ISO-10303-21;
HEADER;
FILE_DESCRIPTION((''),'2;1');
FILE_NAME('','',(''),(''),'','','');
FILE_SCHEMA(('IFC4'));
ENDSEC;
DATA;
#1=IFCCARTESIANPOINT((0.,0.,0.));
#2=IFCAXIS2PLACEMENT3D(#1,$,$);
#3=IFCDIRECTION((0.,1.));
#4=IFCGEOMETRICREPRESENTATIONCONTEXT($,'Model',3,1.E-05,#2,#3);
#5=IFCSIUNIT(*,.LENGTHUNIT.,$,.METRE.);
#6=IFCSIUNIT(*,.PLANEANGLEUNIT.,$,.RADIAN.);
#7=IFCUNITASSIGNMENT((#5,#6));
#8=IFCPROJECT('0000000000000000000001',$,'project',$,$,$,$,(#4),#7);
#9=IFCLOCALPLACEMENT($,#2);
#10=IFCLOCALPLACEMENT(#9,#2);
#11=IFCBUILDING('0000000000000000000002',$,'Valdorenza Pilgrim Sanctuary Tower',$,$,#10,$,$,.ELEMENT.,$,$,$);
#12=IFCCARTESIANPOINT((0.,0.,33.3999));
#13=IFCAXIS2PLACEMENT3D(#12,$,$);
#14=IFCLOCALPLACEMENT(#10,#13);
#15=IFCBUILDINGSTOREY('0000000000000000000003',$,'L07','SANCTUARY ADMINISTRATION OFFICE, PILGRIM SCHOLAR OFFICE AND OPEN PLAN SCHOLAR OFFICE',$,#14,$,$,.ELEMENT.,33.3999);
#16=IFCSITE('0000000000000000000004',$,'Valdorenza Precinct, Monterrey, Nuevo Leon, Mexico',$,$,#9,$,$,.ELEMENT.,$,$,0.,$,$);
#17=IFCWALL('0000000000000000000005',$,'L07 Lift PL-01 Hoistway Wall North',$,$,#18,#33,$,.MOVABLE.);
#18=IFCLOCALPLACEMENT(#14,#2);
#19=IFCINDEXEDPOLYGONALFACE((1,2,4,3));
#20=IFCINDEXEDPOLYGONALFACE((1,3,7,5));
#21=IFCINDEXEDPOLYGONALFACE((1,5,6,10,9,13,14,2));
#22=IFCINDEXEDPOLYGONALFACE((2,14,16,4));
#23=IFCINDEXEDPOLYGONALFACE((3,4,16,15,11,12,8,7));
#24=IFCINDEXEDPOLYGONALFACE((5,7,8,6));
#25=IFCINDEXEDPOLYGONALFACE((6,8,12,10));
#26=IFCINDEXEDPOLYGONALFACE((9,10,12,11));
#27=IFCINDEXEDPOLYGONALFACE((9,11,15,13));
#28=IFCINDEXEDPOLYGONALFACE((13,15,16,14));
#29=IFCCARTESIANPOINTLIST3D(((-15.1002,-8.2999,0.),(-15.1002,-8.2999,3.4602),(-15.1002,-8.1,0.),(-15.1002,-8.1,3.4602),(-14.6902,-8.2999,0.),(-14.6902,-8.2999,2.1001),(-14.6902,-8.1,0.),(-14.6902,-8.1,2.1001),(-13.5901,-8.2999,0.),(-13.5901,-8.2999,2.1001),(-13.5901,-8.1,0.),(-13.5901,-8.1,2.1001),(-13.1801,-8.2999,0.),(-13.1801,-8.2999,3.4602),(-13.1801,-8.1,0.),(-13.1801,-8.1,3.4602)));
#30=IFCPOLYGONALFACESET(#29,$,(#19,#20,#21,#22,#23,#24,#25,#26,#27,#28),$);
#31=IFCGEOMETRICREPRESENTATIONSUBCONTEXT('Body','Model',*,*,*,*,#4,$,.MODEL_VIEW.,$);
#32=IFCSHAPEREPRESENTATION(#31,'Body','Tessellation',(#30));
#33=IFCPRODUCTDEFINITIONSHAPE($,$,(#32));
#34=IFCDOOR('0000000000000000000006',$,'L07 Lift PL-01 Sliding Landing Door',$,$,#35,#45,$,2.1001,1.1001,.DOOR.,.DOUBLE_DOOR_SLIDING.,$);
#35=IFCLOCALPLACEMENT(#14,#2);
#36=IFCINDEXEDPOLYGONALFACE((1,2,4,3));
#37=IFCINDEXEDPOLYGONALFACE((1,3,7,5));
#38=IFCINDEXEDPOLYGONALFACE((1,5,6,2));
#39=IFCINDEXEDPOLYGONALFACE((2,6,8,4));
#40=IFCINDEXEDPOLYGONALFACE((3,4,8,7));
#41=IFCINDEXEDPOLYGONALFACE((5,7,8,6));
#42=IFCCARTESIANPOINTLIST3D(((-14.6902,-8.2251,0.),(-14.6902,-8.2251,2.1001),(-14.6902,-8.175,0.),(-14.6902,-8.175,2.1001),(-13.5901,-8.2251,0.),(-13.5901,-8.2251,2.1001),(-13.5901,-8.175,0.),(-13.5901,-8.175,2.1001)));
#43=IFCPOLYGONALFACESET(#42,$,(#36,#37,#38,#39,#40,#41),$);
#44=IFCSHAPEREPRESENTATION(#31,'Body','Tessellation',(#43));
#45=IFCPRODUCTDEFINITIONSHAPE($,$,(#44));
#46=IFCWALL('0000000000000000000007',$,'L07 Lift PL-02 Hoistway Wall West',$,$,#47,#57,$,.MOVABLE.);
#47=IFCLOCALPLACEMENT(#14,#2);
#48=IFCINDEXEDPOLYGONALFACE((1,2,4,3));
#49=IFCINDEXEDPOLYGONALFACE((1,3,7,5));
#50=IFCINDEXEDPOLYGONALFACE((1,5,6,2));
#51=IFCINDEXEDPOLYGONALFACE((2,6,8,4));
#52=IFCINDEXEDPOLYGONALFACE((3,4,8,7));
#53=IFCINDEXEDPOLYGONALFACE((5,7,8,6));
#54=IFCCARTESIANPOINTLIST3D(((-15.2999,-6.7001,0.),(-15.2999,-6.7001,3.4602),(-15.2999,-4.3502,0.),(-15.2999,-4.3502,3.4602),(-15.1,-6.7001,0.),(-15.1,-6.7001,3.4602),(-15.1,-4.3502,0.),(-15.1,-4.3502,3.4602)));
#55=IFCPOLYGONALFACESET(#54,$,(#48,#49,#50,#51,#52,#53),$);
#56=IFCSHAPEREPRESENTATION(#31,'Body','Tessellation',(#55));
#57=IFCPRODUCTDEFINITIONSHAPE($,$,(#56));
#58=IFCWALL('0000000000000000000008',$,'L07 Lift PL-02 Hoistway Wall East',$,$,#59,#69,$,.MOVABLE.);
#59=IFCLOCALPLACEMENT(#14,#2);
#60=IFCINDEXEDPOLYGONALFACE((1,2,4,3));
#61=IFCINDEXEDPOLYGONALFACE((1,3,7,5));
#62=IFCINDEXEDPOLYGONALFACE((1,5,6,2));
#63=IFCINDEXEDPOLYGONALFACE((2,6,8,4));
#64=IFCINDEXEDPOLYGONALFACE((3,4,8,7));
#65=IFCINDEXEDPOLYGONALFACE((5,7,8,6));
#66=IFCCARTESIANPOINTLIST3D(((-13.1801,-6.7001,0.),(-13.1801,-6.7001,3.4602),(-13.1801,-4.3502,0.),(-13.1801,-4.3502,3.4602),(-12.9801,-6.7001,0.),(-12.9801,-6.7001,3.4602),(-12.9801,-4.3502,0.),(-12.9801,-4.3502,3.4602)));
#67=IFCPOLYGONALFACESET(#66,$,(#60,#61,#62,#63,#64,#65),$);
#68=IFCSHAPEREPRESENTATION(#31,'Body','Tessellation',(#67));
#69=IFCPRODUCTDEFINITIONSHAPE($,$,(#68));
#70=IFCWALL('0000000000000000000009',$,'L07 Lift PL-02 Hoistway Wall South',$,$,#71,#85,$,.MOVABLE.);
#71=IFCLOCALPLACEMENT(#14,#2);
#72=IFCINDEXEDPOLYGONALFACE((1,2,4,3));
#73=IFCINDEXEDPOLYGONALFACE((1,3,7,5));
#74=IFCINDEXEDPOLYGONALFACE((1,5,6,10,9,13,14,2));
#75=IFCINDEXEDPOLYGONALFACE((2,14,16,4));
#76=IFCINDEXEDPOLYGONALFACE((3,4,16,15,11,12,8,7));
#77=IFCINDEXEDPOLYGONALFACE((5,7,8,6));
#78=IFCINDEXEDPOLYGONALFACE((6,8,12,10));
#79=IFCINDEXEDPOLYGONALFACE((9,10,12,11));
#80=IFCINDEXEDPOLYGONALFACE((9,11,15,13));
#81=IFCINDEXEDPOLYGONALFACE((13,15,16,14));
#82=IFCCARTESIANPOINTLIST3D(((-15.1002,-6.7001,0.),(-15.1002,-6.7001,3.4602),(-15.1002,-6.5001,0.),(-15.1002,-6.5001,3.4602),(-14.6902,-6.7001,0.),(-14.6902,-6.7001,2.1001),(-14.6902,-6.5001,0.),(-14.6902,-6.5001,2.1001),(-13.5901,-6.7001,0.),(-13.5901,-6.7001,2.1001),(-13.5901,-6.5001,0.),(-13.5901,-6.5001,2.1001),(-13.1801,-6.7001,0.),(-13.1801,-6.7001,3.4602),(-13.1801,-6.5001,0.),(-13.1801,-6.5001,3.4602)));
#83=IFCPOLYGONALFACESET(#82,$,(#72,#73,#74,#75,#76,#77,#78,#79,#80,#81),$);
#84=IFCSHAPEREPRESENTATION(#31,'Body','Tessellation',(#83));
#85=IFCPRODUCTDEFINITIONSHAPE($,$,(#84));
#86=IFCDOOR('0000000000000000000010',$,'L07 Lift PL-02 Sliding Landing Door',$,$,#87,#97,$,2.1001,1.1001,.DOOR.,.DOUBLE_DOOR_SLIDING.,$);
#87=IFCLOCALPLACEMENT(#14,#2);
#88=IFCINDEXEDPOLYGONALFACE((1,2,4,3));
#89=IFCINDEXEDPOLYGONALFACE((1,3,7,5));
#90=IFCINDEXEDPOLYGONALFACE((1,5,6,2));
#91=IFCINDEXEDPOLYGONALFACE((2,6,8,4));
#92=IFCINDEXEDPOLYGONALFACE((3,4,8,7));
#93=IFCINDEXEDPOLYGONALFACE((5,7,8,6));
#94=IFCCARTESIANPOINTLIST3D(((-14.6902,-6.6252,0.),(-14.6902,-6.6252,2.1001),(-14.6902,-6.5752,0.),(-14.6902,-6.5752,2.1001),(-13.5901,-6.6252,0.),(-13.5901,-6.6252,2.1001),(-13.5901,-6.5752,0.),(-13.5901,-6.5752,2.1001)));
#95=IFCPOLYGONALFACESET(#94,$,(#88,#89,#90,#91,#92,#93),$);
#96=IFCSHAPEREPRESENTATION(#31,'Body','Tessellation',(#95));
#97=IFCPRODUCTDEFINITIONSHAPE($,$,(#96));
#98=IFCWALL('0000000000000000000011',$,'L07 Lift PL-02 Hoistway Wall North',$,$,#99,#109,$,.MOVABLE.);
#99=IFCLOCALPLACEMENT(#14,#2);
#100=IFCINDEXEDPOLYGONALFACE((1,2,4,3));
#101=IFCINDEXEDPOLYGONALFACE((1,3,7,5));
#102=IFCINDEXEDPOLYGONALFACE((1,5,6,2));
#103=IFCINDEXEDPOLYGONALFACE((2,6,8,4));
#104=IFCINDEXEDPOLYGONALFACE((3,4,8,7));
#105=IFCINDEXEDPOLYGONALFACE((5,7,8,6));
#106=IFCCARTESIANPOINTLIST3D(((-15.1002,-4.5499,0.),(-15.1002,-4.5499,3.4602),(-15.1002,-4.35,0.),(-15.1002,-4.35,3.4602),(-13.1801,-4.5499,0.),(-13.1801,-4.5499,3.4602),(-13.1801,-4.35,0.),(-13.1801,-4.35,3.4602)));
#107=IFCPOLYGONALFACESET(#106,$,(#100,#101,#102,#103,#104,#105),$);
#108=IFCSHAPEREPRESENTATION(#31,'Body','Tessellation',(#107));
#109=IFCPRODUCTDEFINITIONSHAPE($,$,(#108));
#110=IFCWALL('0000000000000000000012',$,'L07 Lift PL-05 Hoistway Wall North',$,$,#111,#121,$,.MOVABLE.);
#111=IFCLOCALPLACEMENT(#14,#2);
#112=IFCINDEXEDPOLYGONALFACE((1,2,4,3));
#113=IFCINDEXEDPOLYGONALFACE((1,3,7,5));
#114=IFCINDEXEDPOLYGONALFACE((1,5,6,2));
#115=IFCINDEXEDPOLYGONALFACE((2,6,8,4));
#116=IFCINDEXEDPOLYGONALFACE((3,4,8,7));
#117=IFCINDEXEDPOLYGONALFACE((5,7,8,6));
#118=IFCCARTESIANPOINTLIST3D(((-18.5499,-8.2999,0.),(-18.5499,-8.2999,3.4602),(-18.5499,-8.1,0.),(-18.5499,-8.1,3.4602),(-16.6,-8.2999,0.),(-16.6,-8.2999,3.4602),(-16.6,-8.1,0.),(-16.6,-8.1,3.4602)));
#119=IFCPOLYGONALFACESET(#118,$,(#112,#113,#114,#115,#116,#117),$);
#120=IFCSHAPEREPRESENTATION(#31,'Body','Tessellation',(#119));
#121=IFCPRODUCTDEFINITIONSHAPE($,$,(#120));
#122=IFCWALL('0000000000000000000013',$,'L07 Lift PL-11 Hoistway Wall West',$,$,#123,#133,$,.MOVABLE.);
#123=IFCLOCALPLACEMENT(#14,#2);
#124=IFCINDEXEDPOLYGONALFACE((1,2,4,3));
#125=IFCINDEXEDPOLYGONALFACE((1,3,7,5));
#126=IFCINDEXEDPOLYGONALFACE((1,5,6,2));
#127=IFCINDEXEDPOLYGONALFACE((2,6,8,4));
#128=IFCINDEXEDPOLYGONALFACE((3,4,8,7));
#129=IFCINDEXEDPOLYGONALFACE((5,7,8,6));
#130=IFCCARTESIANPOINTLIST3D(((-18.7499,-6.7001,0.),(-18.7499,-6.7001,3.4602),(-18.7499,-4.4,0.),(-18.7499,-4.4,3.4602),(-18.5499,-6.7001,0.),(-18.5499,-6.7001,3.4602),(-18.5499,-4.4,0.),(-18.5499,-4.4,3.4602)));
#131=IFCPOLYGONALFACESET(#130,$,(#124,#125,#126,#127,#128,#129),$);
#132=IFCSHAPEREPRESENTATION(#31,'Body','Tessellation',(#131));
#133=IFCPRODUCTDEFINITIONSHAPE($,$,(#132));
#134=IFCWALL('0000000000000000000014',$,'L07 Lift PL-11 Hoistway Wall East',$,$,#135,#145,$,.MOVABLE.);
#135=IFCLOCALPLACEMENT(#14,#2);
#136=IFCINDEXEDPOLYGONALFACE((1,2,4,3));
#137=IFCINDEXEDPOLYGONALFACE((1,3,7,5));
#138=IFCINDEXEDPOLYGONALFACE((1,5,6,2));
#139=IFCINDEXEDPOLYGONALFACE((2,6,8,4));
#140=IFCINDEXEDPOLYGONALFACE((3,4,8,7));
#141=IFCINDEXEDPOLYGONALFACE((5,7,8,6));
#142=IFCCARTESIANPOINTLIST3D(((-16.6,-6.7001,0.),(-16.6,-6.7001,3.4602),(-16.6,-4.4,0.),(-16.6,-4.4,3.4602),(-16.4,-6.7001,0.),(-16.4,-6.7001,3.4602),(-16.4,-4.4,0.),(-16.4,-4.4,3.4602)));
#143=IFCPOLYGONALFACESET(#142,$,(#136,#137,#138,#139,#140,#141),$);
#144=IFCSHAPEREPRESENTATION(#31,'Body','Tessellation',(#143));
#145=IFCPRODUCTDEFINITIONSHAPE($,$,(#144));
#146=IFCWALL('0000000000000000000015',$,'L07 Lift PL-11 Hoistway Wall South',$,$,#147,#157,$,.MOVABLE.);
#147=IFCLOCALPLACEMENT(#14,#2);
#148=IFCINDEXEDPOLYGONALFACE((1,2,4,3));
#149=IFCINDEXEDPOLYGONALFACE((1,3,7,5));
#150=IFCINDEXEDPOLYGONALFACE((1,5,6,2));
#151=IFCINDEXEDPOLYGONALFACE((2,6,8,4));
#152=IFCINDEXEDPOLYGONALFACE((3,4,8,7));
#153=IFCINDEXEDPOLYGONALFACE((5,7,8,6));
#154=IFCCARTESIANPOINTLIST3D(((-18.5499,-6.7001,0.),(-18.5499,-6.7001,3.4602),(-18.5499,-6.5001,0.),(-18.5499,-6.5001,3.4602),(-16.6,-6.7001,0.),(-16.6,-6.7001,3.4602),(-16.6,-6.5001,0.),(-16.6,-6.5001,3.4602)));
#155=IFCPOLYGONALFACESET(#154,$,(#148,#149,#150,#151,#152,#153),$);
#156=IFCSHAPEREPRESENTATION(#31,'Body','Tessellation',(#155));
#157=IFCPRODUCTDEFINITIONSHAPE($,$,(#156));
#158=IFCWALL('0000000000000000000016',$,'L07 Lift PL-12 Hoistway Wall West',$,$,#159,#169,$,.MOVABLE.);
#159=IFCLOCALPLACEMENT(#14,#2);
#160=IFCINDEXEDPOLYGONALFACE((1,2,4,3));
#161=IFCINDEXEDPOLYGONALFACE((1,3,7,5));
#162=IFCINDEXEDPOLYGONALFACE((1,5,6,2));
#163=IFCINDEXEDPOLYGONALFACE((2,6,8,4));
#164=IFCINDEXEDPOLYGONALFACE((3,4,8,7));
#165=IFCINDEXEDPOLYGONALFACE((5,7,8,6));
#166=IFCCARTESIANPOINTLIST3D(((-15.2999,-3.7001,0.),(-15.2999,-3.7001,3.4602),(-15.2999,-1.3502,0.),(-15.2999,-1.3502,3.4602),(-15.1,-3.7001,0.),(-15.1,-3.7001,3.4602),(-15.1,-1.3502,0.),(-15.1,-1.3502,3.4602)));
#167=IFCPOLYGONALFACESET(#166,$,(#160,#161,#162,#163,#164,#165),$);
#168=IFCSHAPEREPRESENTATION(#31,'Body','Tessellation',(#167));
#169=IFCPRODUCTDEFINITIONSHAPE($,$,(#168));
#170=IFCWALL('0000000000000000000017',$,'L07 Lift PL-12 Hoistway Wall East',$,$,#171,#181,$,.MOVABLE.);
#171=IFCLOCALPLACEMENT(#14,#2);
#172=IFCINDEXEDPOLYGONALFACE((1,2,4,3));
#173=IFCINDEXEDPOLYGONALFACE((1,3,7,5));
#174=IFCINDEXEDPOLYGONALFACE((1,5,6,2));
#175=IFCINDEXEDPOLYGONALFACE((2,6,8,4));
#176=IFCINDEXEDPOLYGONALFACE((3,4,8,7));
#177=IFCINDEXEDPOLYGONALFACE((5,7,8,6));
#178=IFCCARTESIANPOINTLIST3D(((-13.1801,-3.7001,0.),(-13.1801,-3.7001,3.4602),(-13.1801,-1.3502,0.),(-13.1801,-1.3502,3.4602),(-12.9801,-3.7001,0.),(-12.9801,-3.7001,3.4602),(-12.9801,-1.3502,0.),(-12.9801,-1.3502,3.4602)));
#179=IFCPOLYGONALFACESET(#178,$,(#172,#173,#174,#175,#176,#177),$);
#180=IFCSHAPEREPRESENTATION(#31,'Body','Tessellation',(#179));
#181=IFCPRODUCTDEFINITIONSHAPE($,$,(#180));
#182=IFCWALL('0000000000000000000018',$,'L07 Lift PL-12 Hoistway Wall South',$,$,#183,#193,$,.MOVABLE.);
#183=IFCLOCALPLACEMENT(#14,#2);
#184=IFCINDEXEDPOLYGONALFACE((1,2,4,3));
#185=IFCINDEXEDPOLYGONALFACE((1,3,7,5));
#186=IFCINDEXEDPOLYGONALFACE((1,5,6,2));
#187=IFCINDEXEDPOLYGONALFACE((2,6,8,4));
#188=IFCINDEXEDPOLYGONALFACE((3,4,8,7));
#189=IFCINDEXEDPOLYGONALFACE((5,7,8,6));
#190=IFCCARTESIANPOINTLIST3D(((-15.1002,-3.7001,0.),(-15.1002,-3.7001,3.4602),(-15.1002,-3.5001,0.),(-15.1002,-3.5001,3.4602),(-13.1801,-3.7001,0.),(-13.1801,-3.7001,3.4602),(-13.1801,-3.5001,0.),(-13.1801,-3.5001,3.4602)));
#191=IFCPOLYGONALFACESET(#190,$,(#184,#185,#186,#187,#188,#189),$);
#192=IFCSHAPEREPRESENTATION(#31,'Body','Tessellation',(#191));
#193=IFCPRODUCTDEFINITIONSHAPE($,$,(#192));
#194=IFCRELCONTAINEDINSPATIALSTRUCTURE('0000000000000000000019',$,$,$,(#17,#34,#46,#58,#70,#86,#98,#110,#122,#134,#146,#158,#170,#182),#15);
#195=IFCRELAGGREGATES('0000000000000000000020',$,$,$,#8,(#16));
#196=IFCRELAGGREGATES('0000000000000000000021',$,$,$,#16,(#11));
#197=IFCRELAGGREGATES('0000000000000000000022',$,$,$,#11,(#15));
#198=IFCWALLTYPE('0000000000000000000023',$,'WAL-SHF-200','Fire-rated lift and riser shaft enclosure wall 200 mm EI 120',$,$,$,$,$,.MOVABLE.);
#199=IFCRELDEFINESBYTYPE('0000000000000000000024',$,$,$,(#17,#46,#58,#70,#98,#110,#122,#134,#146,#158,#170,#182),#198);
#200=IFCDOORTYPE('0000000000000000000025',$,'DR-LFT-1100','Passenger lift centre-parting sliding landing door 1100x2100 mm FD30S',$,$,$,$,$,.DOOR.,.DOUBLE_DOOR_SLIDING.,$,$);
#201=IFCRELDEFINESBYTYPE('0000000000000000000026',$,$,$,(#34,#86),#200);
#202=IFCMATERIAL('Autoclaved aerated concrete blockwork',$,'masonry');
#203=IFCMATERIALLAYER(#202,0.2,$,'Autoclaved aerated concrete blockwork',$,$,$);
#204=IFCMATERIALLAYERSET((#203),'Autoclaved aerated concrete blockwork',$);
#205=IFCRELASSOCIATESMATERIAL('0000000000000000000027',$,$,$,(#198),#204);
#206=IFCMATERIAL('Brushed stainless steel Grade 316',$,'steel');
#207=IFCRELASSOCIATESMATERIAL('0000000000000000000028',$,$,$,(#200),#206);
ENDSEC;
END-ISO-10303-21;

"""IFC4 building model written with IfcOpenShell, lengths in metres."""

from ifc_helpers import new_model, si_unit, direction, frame, frame_2d, origin, place, context, subcontext, project, spatial, rectangle, extrude, material, layer, layer_set, type_object, element, fill, save


model = new_model("IFC4")

# Units and contexts
model_context = context("Model", 3, precision=1e-05, world=origin(), true_north=direction((0.0, 1.0)))
body_context = subcontext(model_context, "Body", "Model", "MODEL_VIEW")
ifc_project = project(units=[si_unit("LENGTHUNIT", "METRE"), si_unit("PLANEANGLEUNIT", "RADIAN")], contexts=[model_context])

# Site, building, storey
site_placement = place(None, origin())
site = spatial("IfcSite", under=ifc_project, at=site_placement, Name="Valdorenza Precinct, Monterrey, Nuevo Leon, Mexico", CompositionType="ELEMENT", RefElevation=0.0)
building_placement = place(site_placement, origin())
building = spatial("IfcBuilding", under=site, at=building_placement, Name="Valdorenza Pilgrim Sanctuary Tower", CompositionType="ELEMENT")
storey_placement = place(building_placement, frame((0.0, 0.0, 33.3999)))
storey = spatial("IfcBuildingStorey", under=building, at=storey_placement, Name="L07", Description="SANCTUARY ADMINISTRATION OFFICE, PILGRIM SCHOLAR OFFICE AND OPEN PLAN SCHOLAR OFFICE", CompositionType="ELEMENT", Elevation=33.3999)

# Shared definitions
ifc_material_1 = material(Name="Autoclaved aerated concrete blockwork", Category="masonry")
ifc_layer_1 = layer(ifc_material_1, 0.2, Name="Autoclaved aerated concrete blockwork")
ifc_layer_set_1 = layer_set([ifc_layer_1], Name="Autoclaved aerated concrete blockwork")
wall_type_1 = type_object("IfcWallType", Name="WAL-SHF-200", Description="Fire-rated lift and riser shaft enclosure wall 200 mm EI 120", PredefinedType="MOVABLE", material=ifc_layer_set_1)

# Wall, opening, door
wall_1_placement = place(storey_placement, frame((-15.1001, -8.2, 0.0), z_axis=(0.0, 0.0, 1.0), x_axis=(1.0, 0.0, 0.0)))
wall_1 = element("IfcWall", 1, at=wall_1_placement, inside=storey, type_object=wall_type_1, Name="L07 Lift PL-01 Hoistway Wall North", PredefinedType="MOVABLE", context=body_context, shape_type="SweptSolid", body=[
    extrude(rectangle(XDim=1.9202, YDim=0.2, at=frame_2d((0.96, 0.0))), origin(), (0.0, 0.0, 1.0), 3.4602),
])
opening_1_placement = place(wall_1_placement, frame((0.4099, 0.0, 0.0)))
opening_1 = element("IfcOpeningElement", 2, at=opening_1_placement, cuts=wall_1, PredefinedType="OPENING", context=body_context, shape_type="SweptSolid", body=[
    extrude(rectangle(XDim=1.1001, YDim=2.1001, at=frame_2d((0.55, 1.05))), frame((0.0, 0.1147, 0.0), z_axis=(0.0, -1.0, 0.0), x_axis=(1.0, 0.0, 0.0)), (0.0, 0.0, 1.0), 0.2297),
])
ifc_material_2 = material(Name="Brushed stainless steel Grade 316", Category="steel")
door_type = type_object("IfcDoorType", Name="DR-LFT-1100", Description="Passenger lift centre-parting sliding landing door 1100x2100 mm FD30S", OperationType="DOUBLE_DOOR_SLIDING", PredefinedType="DOOR", material=ifc_material_2)
door_1_placement = place(opening_1_placement, origin())
door_1 = element("IfcDoor", 3, at=door_1_placement, inside=storey, type_object=door_type, Name="L07 Lift PL-01 Sliding Landing Door", OperationType="DOUBLE_DOOR_SLIDING", OverallHeight=2.1001, OverallWidth=1.1001, PredefinedType="DOOR", context=body_context, shape_type="SweptSolid", body=[
    extrude(rectangle(XDim=1.1001, YDim=2.1001, at=frame_2d((0.55, 1.05))), frame((0.0, 0.0249, 0.0), z_axis=(0.0, -1.0, 0.0), x_axis=(1.0, 0.0, 0.0)), (0.0, 0.0, 1.0), 0.05),
])
fill(opening_1, door_1)

# Walls
for number, where, z_axis, x_axis, name in (
    (4, (-15.2, -6.7, 0.0), (0.0, 0.0, 1.0), (0.0, 1.0, 0.0), "L07 Lift PL-02 Hoistway Wall West"),
    (5, (-13.0801, -6.7, 0.0), (0.0, 0.0, 1.0), (0.0, 1.0, 0.0), "L07 Lift PL-02 Hoistway Wall East"),
):
    element("IfcWall", number, at=place(storey_placement, frame(where, z_axis=z_axis, x_axis=x_axis)), inside=storey, type_object=wall_type_1, Name=name, PredefinedType="MOVABLE", context=body_context, shape_type="SweptSolid", body=[
        extrude(rectangle(XDim=2.3499, YDim=0.2, at=frame_2d((1.1748, 0.0))), origin(), (0.0, 0.0, 1.0), 3.4602),
    ])

# Wall, opening, door
wall_2_placement = place(storey_placement, frame((-15.1001, -6.6001, 0.0), z_axis=(0.0, 0.0, 1.0), x_axis=(1.0, 0.0, 0.0)))
wall_2 = element("IfcWall", 6, at=wall_2_placement, inside=storey, type_object=wall_type_1, Name="L07 Lift PL-02 Hoistway Wall South", PredefinedType="MOVABLE", context=body_context, shape_type="SweptSolid", body=[
    extrude(rectangle(XDim=1.9202, YDim=0.2, at=frame_2d((0.96, 0.0))), origin(), (0.0, 0.0, 1.0), 3.4602),
])
opening_2_placement = place(wall_2_placement, frame((0.4099, 0.0, 0.0)))
opening_2 = element("IfcOpeningElement", 7, at=opening_2_placement, cuts=wall_2, PredefinedType="OPENING", context=body_context, shape_type="SweptSolid", body=[
    extrude(rectangle(XDim=1.1001, YDim=2.1001, at=frame_2d((0.55, 1.05))), frame((0.0, 0.1147, 0.0), z_axis=(0.0, -1.0, 0.0), x_axis=(1.0, 0.0, 0.0)), (0.0, 0.0, 1.0), 0.2297),
])
door_2_placement = place(opening_2_placement, origin())
door_2 = element("IfcDoor", 8, at=door_2_placement, inside=storey, type_object=door_type, Name="L07 Lift PL-02 Sliding Landing Door", OperationType="DOUBLE_DOOR_SLIDING", OverallHeight=2.1001, OverallWidth=1.1001, PredefinedType="DOOR", context=body_context, shape_type="SweptSolid", body=[
    extrude(rectangle(XDim=1.1001, YDim=2.1001, at=frame_2d((0.55, 1.05))), frame((0.0, 0.0249, 0.0), z_axis=(0.0, -1.0, 0.0), x_axis=(1.0, 0.0, 0.0)), (0.0, 0.0, 1.0), 0.05),
])
fill(opening_2, door_2)

# Walls
wall_3_placement = place(storey_placement, frame((-15.1001, -4.45, 0.0), z_axis=(0.0, 0.0, 1.0), x_axis=(1.0, 0.0, 0.0)))
element("IfcWall", 9, at=wall_3_placement, inside=storey, type_object=wall_type_1, Name="L07 Lift PL-02 Hoistway Wall North", PredefinedType="MOVABLE", context=body_context, shape_type="SweptSolid", body=[
    extrude(rectangle(XDim=1.9202, YDim=0.2, at=frame_2d((0.96, 0.0))), origin(), (0.0, 0.0, 1.0), 3.4602),
])
wall_4_placement = place(storey_placement, frame((-18.55, -8.2, 0.0), z_axis=(0.0, 0.0, 1.0), x_axis=(1.0, 0.0, 0.0)))
element("IfcWall", 10, at=wall_4_placement, inside=storey, type_object=wall_type_1, Name="L07 Lift PL-05 Hoistway Wall North", PredefinedType="MOVABLE", context=body_context, shape_type="SweptSolid", body=[
    extrude(rectangle(XDim=1.95, YDim=0.2, at=frame_2d((0.9751, 0.0))), origin(), (0.0, 0.0, 1.0), 3.4602),
])
for number, where, z_axis, x_axis, name in (
    (11, (-18.6499, -6.7, 0.0), (0.0, 0.0, 1.0), (0.0, 1.0, 0.0), "L07 Lift PL-11 Hoistway Wall West"),
    (12, (-16.5, -6.7, 0.0), (0.0, 0.0, 1.0), (0.0, 1.0, 0.0), "L07 Lift PL-11 Hoistway Wall East"),
):
    element("IfcWall", number, at=place(storey_placement, frame(where, z_axis=z_axis, x_axis=x_axis)), inside=storey, type_object=wall_type_1, Name=name, PredefinedType="MOVABLE", context=body_context, shape_type="SweptSolid", body=[
        extrude(rectangle(XDim=2.3, YDim=0.2, at=frame_2d((1.1499, 0.0))), origin(), (0.0, 0.0, 1.0), 3.4602),
    ])
wall_5_placement = place(storey_placement, frame((-18.55, -6.6001, 0.0), z_axis=(0.0, 0.0, 1.0), x_axis=(1.0, 0.0, 0.0)))
element("IfcWall", 13, at=wall_5_placement, inside=storey, type_object=wall_type_1, Name="L07 Lift PL-11 Hoistway Wall South", PredefinedType="MOVABLE", context=body_context, shape_type="SweptSolid", body=[
    extrude(rectangle(XDim=1.95, YDim=0.2, at=frame_2d((0.9751, 0.0))), origin(), (0.0, 0.0, 1.0), 3.4602),
])
for number, where, z_axis, x_axis, name in (
    (14, (-15.2, -3.7, 0.0), (0.0, 0.0, 1.0), (0.0, 1.0, 0.0), "L07 Lift PL-12 Hoistway Wall West"),
    (15, (-13.0801, -3.7, 0.0), (0.0, 0.0, 1.0), (0.0, 1.0, 0.0), "L07 Lift PL-12 Hoistway Wall East"),
):
    element("IfcWall", number, at=place(storey_placement, frame(where, z_axis=z_axis, x_axis=x_axis)), inside=storey, type_object=wall_type_1, Name=name, PredefinedType="MOVABLE", context=body_context, shape_type="SweptSolid", body=[
        extrude(rectangle(XDim=2.3499, YDim=0.2, at=frame_2d((1.1748, 0.0))), origin(), (0.0, 0.0, 1.0), 3.4602),
    ])
wall_6_placement = place(storey_placement, frame((-15.1001, -3.6001, 0.0), z_axis=(0.0, 0.0, 1.0), x_axis=(1.0, 0.0, 0.0)))
element("IfcWall", 16, at=wall_6_placement, inside=storey, type_object=wall_type_1, Name="L07 Lift PL-12 Hoistway Wall South", PredefinedType="MOVABLE", context=body_context, shape_type="SweptSolid", body=[
    extrude(rectangle(XDim=1.9202, YDim=0.2, at=frame_2d((0.96, 0.0))), origin(), (0.0, 0.0, 1.0), 3.4602),
])

save(model, "model.ifc")
